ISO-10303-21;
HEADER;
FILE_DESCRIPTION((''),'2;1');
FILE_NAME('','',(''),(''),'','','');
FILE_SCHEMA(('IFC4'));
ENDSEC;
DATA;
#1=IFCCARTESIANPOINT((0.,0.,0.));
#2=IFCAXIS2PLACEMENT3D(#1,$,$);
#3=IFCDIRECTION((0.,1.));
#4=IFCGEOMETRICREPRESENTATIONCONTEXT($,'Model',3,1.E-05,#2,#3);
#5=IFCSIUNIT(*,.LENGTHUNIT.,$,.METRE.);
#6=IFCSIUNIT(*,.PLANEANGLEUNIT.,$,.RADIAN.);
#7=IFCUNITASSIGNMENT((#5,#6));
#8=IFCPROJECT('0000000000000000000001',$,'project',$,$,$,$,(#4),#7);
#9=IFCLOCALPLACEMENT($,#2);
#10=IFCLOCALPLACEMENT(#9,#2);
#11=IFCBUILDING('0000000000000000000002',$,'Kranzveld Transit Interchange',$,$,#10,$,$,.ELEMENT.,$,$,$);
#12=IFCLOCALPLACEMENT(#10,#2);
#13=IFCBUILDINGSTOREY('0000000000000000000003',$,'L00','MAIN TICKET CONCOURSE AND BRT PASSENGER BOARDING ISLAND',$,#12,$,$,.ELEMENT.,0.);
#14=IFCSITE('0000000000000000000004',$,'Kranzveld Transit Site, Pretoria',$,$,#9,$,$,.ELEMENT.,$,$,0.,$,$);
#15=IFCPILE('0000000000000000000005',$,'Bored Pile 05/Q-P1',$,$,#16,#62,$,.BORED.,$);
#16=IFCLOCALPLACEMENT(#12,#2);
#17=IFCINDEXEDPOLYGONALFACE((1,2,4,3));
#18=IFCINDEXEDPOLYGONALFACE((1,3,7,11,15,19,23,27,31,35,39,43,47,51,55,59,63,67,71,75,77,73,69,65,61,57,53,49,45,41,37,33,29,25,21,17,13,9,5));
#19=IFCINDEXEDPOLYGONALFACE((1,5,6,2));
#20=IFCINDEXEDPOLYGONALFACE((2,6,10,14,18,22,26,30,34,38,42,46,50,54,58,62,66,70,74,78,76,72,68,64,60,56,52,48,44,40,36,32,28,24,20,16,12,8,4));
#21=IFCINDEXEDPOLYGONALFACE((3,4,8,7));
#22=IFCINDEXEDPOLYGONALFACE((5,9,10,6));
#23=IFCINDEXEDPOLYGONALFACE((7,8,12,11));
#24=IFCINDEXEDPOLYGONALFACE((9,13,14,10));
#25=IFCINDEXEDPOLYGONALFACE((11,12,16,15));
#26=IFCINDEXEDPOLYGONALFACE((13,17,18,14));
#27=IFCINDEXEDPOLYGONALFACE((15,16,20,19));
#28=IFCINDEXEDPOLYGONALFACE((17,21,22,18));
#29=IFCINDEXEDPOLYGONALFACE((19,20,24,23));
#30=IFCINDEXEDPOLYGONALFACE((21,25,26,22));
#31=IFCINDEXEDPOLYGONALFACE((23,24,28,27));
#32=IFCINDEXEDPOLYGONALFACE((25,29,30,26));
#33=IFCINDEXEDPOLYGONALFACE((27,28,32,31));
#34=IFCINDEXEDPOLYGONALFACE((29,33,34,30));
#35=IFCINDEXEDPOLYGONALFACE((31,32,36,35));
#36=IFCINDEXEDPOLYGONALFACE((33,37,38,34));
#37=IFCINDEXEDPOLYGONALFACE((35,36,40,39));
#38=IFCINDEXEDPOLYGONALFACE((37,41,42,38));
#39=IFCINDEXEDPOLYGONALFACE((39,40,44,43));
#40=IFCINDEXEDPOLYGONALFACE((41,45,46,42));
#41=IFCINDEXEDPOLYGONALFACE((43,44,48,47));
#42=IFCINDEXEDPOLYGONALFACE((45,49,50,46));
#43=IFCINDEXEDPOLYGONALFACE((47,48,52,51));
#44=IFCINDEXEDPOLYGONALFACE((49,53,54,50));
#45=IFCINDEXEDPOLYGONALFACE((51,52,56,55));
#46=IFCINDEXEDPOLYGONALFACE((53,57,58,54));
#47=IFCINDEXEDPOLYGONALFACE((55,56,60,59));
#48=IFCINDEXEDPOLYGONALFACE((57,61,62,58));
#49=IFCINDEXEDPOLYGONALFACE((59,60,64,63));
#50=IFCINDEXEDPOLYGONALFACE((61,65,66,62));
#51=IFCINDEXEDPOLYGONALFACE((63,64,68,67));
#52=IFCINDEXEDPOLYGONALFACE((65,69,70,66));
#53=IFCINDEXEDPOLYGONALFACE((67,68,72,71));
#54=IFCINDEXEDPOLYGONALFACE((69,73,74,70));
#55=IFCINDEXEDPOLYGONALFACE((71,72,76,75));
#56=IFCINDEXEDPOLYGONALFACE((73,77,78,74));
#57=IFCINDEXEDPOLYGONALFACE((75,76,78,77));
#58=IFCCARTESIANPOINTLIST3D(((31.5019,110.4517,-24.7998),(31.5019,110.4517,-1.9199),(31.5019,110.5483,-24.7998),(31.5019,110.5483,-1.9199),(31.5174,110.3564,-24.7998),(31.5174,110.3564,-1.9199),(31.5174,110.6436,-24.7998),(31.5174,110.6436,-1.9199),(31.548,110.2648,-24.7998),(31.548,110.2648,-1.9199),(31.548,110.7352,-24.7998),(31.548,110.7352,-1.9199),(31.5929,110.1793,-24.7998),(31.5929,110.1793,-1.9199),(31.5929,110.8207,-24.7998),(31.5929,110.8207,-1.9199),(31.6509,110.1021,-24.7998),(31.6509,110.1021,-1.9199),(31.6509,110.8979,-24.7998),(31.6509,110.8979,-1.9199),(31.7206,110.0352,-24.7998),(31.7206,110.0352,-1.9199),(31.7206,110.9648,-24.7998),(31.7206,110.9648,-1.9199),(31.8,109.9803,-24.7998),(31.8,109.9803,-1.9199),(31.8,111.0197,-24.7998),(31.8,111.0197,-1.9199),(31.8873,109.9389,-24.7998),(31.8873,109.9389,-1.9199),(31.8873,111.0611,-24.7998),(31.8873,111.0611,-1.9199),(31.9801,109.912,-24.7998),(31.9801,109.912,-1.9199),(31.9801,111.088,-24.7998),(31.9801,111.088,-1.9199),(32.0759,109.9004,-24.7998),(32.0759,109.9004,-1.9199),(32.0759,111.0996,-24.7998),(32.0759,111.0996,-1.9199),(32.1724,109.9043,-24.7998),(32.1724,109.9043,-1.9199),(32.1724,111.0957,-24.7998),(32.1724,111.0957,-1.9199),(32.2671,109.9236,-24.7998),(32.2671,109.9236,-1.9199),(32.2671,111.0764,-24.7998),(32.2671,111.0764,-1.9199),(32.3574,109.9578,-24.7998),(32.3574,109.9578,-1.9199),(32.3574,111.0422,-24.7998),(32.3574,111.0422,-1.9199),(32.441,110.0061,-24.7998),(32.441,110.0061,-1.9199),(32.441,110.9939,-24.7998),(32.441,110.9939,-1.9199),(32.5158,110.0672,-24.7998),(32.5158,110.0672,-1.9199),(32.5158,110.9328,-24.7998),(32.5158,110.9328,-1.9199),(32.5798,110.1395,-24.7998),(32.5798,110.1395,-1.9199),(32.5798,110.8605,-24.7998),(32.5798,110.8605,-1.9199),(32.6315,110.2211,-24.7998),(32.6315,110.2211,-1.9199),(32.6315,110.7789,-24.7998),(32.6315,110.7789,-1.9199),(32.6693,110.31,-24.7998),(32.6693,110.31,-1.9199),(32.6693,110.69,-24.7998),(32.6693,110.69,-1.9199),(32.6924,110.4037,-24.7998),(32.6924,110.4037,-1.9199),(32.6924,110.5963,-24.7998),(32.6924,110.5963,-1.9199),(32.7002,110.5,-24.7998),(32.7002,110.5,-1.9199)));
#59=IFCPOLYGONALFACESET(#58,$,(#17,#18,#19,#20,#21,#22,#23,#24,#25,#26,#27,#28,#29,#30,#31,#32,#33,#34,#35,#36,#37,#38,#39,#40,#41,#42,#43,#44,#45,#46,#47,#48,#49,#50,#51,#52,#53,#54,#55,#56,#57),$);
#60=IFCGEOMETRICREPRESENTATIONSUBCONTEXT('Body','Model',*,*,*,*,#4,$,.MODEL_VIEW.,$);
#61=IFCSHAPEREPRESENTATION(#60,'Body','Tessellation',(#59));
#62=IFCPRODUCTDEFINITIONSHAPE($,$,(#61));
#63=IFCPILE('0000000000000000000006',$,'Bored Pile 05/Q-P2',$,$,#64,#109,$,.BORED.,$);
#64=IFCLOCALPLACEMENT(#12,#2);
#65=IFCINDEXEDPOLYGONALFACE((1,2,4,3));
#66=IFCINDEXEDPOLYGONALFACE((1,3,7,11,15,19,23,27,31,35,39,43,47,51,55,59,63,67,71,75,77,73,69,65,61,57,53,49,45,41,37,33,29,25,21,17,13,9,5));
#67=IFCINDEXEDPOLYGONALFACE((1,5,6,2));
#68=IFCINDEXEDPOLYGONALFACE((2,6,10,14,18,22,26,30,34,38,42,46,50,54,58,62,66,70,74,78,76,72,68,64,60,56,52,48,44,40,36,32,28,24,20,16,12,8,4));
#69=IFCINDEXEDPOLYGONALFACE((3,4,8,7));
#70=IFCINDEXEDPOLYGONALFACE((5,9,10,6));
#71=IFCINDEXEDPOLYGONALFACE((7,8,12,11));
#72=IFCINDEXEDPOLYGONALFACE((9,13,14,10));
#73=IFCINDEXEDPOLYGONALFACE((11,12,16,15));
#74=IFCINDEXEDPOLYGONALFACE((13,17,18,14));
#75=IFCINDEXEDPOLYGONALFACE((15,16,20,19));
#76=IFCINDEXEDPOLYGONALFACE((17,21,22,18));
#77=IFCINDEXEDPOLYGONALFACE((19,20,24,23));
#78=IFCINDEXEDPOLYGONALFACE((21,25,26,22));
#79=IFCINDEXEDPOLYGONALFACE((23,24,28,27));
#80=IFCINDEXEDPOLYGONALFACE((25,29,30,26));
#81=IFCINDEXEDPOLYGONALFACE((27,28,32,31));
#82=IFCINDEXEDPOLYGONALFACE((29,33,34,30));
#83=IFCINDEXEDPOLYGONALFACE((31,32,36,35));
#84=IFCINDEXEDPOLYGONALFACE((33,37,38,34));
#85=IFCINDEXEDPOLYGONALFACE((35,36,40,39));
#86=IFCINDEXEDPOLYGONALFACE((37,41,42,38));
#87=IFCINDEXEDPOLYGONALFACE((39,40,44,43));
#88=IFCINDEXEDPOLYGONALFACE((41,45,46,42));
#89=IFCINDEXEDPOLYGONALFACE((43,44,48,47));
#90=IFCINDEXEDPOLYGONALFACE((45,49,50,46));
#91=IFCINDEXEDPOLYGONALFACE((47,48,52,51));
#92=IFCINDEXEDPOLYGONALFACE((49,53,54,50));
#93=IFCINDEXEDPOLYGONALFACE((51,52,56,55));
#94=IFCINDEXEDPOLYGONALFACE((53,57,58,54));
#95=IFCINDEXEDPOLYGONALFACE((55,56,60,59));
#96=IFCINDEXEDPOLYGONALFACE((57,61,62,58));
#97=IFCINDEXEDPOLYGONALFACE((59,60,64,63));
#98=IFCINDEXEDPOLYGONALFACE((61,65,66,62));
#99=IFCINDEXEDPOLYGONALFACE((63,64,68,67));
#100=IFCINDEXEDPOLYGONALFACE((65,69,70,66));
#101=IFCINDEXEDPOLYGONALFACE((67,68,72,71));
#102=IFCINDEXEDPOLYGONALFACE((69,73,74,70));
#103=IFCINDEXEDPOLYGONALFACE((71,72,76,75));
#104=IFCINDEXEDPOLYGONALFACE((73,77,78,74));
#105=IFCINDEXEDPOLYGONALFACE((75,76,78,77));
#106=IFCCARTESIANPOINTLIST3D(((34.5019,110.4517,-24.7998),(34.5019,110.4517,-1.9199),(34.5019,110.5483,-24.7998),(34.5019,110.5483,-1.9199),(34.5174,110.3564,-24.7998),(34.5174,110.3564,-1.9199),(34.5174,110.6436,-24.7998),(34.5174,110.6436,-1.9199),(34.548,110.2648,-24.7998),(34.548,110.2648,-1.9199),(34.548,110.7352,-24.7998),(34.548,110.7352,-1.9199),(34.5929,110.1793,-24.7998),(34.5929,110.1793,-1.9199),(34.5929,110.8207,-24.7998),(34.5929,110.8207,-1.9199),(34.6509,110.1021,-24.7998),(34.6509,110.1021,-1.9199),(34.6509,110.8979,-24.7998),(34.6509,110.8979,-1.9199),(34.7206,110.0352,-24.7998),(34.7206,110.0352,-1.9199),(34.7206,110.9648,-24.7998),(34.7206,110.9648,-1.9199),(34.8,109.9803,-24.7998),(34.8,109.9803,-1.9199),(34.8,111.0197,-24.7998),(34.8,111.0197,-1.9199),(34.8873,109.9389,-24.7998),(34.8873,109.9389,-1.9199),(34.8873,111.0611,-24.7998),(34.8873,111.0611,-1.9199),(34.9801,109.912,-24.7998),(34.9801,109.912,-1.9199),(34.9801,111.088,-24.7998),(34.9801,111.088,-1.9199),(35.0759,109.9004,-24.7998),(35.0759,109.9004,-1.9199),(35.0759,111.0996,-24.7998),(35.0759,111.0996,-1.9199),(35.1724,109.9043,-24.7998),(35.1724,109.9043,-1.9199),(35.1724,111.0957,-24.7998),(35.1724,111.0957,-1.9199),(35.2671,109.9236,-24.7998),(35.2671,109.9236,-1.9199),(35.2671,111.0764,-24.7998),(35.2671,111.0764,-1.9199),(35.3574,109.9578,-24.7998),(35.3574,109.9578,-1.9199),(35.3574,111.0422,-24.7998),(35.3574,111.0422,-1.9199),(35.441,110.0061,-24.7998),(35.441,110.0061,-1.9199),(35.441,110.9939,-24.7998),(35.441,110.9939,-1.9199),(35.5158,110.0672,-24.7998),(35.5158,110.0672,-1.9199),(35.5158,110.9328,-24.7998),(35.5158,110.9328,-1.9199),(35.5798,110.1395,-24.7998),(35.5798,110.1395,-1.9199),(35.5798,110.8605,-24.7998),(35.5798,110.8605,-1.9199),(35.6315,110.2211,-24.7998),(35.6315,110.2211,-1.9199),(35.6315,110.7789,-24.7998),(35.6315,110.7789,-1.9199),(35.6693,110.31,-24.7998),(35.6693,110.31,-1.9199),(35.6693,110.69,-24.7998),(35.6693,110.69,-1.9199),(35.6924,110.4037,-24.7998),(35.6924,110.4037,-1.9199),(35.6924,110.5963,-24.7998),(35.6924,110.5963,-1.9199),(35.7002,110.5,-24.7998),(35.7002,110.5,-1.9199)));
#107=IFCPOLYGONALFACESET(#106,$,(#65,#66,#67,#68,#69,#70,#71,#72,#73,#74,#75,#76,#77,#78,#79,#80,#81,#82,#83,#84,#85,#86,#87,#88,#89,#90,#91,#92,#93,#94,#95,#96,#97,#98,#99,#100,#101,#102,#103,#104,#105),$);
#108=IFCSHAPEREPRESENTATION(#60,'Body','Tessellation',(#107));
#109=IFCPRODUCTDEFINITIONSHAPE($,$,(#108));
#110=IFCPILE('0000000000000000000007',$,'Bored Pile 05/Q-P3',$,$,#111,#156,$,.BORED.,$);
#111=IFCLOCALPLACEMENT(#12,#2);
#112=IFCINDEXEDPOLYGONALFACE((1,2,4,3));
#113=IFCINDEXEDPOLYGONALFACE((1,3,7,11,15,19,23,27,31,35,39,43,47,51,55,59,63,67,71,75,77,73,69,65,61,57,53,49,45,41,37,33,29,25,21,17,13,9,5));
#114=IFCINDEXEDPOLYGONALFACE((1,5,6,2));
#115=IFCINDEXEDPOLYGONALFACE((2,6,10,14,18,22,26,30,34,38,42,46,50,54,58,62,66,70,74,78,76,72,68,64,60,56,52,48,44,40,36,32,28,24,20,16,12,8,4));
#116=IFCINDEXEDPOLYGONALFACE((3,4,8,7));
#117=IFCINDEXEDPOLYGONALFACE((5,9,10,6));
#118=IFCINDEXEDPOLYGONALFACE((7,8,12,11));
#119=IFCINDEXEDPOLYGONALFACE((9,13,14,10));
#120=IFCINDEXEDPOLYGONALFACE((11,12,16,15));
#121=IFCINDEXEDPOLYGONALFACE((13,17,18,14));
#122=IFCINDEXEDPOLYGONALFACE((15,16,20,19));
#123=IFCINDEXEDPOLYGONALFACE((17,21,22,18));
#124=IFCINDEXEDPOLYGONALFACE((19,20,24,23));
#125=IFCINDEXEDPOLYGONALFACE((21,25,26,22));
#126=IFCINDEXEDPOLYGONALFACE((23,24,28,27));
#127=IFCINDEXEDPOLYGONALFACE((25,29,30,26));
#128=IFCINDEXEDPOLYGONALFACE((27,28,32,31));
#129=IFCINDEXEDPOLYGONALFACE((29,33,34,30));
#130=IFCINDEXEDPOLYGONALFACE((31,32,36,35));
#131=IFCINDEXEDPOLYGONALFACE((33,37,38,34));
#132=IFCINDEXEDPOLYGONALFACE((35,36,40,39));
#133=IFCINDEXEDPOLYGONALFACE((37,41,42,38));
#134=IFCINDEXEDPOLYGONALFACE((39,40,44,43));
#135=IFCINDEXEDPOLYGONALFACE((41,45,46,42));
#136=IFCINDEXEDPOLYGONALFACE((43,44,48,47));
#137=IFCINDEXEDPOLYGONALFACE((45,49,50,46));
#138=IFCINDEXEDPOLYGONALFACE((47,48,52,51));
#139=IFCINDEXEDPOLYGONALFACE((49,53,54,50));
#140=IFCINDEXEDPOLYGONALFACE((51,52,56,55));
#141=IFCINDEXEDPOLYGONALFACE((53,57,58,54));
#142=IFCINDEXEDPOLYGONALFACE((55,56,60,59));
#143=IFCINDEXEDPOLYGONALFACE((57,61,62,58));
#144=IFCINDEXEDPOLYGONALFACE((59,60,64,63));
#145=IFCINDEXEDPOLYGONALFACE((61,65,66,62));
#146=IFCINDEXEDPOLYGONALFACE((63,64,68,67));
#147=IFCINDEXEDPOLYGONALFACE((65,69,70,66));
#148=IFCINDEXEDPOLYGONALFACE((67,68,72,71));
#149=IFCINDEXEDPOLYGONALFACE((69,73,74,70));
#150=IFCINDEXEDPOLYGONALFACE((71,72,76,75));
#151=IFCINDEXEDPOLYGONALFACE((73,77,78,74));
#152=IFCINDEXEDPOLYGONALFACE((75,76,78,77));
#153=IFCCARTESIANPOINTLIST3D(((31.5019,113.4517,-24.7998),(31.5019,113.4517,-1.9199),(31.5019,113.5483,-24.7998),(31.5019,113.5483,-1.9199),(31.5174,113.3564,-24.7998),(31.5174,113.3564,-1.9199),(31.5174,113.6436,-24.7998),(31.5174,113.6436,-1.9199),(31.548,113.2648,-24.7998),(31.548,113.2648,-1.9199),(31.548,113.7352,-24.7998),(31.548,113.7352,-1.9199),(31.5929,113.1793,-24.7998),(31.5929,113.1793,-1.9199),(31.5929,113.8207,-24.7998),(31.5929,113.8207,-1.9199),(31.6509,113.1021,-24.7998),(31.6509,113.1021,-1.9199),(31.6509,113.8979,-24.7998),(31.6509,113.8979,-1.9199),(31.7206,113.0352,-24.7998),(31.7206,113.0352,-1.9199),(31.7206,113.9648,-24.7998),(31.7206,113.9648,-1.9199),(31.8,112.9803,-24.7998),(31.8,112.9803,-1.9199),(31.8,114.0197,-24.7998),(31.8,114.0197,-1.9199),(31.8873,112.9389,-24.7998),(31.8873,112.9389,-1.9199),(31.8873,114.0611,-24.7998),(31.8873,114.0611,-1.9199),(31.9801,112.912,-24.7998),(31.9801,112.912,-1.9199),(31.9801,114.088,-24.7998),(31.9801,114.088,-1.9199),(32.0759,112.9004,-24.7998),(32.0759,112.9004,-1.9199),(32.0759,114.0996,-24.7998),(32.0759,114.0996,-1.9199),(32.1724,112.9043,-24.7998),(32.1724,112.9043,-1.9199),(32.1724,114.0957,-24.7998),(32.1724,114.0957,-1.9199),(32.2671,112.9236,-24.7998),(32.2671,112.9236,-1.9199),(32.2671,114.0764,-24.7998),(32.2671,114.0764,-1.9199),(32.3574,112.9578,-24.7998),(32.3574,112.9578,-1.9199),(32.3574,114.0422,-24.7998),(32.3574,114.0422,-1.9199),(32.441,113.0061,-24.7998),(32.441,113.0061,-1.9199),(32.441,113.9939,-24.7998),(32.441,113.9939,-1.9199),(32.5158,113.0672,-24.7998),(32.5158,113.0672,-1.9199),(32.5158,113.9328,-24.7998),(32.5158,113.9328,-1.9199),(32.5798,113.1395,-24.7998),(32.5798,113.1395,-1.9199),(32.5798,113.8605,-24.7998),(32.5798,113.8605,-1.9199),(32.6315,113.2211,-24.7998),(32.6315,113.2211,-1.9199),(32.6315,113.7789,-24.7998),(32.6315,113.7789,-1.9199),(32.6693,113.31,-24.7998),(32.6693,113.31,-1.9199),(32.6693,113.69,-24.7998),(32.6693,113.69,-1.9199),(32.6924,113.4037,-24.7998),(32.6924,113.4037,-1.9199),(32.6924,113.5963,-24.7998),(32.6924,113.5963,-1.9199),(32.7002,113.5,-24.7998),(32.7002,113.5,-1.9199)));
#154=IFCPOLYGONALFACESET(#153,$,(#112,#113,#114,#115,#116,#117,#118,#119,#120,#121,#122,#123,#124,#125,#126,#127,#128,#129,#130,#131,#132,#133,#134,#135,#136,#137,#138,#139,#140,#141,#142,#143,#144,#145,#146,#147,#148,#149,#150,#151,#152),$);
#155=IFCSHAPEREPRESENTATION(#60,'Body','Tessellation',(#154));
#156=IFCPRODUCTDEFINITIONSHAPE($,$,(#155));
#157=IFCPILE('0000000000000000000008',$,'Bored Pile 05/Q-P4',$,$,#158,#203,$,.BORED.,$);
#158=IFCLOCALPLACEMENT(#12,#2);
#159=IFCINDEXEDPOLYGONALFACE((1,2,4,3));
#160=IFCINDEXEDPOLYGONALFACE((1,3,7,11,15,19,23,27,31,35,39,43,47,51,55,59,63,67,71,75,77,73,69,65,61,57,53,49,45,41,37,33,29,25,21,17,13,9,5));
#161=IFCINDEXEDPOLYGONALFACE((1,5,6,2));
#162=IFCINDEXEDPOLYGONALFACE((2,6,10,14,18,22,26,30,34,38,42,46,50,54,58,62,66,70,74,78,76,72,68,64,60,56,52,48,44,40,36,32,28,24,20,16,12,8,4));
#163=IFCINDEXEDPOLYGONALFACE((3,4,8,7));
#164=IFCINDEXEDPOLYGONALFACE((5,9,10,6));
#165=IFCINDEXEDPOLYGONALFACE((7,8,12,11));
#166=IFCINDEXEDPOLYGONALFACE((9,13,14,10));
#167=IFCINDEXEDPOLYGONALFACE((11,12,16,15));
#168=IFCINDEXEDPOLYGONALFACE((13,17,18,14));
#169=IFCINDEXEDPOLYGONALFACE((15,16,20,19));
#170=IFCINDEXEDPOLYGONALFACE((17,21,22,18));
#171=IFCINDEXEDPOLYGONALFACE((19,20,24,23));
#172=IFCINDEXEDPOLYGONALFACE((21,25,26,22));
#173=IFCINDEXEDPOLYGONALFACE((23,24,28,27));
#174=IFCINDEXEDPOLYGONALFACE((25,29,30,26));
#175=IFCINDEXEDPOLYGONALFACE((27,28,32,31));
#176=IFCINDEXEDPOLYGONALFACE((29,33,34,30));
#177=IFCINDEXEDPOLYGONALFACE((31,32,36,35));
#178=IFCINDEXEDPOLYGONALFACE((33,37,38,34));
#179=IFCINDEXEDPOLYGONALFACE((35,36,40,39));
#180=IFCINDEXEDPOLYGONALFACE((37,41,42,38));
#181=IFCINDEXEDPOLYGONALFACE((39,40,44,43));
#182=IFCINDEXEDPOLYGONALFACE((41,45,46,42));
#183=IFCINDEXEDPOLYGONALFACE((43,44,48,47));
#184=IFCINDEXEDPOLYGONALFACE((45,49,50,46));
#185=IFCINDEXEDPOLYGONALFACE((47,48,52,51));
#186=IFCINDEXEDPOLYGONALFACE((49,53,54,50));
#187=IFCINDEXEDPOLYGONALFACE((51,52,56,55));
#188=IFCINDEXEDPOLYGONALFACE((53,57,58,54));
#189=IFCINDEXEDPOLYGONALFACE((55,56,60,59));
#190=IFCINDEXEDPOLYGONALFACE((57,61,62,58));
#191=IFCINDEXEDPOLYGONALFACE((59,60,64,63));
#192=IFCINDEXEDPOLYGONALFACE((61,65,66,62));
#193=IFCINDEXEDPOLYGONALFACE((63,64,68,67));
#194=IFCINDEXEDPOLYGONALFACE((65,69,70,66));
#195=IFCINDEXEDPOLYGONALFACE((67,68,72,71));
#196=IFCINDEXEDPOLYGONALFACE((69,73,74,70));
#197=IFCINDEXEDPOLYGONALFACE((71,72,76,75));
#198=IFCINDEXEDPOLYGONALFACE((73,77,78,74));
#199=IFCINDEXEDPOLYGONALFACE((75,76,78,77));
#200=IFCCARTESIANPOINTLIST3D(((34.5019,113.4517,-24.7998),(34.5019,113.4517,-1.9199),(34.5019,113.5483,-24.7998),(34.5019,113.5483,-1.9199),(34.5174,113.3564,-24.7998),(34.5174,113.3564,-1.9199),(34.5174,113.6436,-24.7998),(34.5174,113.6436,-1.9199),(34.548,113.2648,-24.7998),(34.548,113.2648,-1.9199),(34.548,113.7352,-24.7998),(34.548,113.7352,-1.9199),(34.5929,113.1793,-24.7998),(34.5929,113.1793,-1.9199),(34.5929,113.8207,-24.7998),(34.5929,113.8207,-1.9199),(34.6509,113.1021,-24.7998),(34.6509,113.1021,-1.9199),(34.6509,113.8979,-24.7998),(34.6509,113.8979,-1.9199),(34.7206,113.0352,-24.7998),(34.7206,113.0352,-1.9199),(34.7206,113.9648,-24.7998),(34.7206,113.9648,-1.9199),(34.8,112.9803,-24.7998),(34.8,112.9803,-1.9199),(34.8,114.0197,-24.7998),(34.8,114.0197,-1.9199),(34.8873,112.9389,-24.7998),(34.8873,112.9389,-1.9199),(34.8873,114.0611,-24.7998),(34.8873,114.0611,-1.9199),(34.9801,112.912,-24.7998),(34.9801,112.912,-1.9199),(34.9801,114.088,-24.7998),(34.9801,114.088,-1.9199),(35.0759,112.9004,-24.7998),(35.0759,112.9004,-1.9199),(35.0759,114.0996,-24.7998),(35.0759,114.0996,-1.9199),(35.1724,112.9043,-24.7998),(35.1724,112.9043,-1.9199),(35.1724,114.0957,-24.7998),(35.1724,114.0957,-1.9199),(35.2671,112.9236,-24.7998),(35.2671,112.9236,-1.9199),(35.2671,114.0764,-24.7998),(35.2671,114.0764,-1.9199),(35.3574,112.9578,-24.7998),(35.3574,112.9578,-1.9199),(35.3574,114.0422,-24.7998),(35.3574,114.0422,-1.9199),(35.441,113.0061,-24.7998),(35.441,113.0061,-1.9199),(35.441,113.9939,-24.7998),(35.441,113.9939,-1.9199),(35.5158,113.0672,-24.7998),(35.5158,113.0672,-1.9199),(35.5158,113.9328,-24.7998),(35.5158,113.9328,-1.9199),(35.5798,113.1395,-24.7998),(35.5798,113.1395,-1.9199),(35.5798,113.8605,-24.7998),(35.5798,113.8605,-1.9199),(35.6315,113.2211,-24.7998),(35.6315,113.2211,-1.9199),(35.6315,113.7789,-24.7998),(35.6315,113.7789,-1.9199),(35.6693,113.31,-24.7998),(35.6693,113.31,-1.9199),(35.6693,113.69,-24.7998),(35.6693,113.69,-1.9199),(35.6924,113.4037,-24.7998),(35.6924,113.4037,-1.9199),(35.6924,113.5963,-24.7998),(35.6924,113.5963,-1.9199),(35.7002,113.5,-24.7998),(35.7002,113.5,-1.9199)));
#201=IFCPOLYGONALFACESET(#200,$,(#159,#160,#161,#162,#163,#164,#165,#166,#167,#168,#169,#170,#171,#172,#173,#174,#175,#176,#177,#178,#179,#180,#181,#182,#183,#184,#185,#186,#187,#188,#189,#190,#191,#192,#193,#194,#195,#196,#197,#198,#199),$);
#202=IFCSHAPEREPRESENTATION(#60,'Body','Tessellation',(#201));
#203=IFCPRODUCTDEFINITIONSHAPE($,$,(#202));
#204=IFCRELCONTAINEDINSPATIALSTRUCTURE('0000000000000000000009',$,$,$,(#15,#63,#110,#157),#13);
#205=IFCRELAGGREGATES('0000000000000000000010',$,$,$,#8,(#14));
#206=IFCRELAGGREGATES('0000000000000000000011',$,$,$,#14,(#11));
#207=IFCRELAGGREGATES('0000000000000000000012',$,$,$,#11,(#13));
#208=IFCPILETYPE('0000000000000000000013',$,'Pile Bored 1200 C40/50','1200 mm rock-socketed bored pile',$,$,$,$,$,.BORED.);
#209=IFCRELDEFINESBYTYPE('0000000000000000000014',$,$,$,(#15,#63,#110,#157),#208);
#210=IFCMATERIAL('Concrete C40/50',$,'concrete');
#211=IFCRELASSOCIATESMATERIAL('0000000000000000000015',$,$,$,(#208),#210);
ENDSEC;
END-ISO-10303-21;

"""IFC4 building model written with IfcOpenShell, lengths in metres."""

from ifc_helpers import new_model, si_unit, direction, frame, origin, origin_2d, place, context, subcontext, project, spatial, circle, extrude, material, material_profile, profile_set, type_object, element, save


model = new_model("IFC4")

# Units and contexts
model_context = context("Model", 3, precision=1e-05, world=origin(), true_north=direction((0.0, 1.0)))
body_context = subcontext(model_context, "Body", "Model", "MODEL_VIEW")
ifc_project = project(units=[si_unit("LENGTHUNIT", "METRE"), si_unit("PLANEANGLEUNIT", "RADIAN")], contexts=[model_context])

# Site, building, storey
site_placement = place(None, origin())
site = spatial("IfcSite", under=ifc_project, at=site_placement, Name="Kranzveld Transit Site, Pretoria", CompositionType="ELEMENT", RefElevation=0.0)
building_placement = place(site_placement, origin())
building = spatial("IfcBuilding", under=site, at=building_placement, Name="Kranzveld Transit Interchange", CompositionType="ELEMENT")
storey_placement = place(building_placement, origin())
storey = spatial("IfcBuildingStorey", under=building, at=storey_placement, Name="L00", Description="MAIN TICKET CONCOURSE AND BRT PASSENGER BOARDING ISLAND", CompositionType="ELEMENT", Elevation=0.0)

# Piles
ifc_material_1 = material(Name="Concrete C40/50", Category="concrete")
ifc_material_profile_1 = material_profile(ifc_material_1, circle(Radius=0.6001, at=origin_2d()), Name="BORED PILE 1200")
ifc_profile_set_1 = profile_set([ifc_material_profile_1], Name="Concrete C40/50")
pile_type_1 = type_object("IfcPileType", Name="Pile Bored 1200 C40/50", Description="1200 mm rock-socketed bored pile", PredefinedType="BORED", material=ifc_profile_set_1)
for number, where, z_axis, x_axis, name in (
    (1, (32.1001, 110.5, -1.9199), (0.0, 0.0, -1.0), (1.0, 0.0, 0.0), "Bored Pile 05/Q-P1"),
    (2, (35.1001, 110.5, -1.9199), (0.0, 0.0, -1.0), (1.0, 0.0, 0.0), "Bored Pile 05/Q-P2"),
    (3, (32.1001, 113.5, -1.9199), (0.0, 0.0, -1.0), (1.0, 0.0, 0.0), "Bored Pile 05/Q-P3"),
    (4, (35.1001, 113.5, -1.9199), (0.0, 0.0, -1.0), (1.0, 0.0, 0.0), "Bored Pile 05/Q-P4"),
):
    element("IfcPile", number, at=place(storey_placement, frame(where, z_axis=z_axis, x_axis=x_axis)), inside=storey, type_object=pile_type_1, Name=name, PredefinedType="BORED", context=body_context, shape_type="SweptSolid", body=[
        extrude(circle(Radius=0.6001, at=origin_2d()), origin(), (0.0, 0.0, 1.0), 22.8799),
    ])

save(model, "model.ifc")
